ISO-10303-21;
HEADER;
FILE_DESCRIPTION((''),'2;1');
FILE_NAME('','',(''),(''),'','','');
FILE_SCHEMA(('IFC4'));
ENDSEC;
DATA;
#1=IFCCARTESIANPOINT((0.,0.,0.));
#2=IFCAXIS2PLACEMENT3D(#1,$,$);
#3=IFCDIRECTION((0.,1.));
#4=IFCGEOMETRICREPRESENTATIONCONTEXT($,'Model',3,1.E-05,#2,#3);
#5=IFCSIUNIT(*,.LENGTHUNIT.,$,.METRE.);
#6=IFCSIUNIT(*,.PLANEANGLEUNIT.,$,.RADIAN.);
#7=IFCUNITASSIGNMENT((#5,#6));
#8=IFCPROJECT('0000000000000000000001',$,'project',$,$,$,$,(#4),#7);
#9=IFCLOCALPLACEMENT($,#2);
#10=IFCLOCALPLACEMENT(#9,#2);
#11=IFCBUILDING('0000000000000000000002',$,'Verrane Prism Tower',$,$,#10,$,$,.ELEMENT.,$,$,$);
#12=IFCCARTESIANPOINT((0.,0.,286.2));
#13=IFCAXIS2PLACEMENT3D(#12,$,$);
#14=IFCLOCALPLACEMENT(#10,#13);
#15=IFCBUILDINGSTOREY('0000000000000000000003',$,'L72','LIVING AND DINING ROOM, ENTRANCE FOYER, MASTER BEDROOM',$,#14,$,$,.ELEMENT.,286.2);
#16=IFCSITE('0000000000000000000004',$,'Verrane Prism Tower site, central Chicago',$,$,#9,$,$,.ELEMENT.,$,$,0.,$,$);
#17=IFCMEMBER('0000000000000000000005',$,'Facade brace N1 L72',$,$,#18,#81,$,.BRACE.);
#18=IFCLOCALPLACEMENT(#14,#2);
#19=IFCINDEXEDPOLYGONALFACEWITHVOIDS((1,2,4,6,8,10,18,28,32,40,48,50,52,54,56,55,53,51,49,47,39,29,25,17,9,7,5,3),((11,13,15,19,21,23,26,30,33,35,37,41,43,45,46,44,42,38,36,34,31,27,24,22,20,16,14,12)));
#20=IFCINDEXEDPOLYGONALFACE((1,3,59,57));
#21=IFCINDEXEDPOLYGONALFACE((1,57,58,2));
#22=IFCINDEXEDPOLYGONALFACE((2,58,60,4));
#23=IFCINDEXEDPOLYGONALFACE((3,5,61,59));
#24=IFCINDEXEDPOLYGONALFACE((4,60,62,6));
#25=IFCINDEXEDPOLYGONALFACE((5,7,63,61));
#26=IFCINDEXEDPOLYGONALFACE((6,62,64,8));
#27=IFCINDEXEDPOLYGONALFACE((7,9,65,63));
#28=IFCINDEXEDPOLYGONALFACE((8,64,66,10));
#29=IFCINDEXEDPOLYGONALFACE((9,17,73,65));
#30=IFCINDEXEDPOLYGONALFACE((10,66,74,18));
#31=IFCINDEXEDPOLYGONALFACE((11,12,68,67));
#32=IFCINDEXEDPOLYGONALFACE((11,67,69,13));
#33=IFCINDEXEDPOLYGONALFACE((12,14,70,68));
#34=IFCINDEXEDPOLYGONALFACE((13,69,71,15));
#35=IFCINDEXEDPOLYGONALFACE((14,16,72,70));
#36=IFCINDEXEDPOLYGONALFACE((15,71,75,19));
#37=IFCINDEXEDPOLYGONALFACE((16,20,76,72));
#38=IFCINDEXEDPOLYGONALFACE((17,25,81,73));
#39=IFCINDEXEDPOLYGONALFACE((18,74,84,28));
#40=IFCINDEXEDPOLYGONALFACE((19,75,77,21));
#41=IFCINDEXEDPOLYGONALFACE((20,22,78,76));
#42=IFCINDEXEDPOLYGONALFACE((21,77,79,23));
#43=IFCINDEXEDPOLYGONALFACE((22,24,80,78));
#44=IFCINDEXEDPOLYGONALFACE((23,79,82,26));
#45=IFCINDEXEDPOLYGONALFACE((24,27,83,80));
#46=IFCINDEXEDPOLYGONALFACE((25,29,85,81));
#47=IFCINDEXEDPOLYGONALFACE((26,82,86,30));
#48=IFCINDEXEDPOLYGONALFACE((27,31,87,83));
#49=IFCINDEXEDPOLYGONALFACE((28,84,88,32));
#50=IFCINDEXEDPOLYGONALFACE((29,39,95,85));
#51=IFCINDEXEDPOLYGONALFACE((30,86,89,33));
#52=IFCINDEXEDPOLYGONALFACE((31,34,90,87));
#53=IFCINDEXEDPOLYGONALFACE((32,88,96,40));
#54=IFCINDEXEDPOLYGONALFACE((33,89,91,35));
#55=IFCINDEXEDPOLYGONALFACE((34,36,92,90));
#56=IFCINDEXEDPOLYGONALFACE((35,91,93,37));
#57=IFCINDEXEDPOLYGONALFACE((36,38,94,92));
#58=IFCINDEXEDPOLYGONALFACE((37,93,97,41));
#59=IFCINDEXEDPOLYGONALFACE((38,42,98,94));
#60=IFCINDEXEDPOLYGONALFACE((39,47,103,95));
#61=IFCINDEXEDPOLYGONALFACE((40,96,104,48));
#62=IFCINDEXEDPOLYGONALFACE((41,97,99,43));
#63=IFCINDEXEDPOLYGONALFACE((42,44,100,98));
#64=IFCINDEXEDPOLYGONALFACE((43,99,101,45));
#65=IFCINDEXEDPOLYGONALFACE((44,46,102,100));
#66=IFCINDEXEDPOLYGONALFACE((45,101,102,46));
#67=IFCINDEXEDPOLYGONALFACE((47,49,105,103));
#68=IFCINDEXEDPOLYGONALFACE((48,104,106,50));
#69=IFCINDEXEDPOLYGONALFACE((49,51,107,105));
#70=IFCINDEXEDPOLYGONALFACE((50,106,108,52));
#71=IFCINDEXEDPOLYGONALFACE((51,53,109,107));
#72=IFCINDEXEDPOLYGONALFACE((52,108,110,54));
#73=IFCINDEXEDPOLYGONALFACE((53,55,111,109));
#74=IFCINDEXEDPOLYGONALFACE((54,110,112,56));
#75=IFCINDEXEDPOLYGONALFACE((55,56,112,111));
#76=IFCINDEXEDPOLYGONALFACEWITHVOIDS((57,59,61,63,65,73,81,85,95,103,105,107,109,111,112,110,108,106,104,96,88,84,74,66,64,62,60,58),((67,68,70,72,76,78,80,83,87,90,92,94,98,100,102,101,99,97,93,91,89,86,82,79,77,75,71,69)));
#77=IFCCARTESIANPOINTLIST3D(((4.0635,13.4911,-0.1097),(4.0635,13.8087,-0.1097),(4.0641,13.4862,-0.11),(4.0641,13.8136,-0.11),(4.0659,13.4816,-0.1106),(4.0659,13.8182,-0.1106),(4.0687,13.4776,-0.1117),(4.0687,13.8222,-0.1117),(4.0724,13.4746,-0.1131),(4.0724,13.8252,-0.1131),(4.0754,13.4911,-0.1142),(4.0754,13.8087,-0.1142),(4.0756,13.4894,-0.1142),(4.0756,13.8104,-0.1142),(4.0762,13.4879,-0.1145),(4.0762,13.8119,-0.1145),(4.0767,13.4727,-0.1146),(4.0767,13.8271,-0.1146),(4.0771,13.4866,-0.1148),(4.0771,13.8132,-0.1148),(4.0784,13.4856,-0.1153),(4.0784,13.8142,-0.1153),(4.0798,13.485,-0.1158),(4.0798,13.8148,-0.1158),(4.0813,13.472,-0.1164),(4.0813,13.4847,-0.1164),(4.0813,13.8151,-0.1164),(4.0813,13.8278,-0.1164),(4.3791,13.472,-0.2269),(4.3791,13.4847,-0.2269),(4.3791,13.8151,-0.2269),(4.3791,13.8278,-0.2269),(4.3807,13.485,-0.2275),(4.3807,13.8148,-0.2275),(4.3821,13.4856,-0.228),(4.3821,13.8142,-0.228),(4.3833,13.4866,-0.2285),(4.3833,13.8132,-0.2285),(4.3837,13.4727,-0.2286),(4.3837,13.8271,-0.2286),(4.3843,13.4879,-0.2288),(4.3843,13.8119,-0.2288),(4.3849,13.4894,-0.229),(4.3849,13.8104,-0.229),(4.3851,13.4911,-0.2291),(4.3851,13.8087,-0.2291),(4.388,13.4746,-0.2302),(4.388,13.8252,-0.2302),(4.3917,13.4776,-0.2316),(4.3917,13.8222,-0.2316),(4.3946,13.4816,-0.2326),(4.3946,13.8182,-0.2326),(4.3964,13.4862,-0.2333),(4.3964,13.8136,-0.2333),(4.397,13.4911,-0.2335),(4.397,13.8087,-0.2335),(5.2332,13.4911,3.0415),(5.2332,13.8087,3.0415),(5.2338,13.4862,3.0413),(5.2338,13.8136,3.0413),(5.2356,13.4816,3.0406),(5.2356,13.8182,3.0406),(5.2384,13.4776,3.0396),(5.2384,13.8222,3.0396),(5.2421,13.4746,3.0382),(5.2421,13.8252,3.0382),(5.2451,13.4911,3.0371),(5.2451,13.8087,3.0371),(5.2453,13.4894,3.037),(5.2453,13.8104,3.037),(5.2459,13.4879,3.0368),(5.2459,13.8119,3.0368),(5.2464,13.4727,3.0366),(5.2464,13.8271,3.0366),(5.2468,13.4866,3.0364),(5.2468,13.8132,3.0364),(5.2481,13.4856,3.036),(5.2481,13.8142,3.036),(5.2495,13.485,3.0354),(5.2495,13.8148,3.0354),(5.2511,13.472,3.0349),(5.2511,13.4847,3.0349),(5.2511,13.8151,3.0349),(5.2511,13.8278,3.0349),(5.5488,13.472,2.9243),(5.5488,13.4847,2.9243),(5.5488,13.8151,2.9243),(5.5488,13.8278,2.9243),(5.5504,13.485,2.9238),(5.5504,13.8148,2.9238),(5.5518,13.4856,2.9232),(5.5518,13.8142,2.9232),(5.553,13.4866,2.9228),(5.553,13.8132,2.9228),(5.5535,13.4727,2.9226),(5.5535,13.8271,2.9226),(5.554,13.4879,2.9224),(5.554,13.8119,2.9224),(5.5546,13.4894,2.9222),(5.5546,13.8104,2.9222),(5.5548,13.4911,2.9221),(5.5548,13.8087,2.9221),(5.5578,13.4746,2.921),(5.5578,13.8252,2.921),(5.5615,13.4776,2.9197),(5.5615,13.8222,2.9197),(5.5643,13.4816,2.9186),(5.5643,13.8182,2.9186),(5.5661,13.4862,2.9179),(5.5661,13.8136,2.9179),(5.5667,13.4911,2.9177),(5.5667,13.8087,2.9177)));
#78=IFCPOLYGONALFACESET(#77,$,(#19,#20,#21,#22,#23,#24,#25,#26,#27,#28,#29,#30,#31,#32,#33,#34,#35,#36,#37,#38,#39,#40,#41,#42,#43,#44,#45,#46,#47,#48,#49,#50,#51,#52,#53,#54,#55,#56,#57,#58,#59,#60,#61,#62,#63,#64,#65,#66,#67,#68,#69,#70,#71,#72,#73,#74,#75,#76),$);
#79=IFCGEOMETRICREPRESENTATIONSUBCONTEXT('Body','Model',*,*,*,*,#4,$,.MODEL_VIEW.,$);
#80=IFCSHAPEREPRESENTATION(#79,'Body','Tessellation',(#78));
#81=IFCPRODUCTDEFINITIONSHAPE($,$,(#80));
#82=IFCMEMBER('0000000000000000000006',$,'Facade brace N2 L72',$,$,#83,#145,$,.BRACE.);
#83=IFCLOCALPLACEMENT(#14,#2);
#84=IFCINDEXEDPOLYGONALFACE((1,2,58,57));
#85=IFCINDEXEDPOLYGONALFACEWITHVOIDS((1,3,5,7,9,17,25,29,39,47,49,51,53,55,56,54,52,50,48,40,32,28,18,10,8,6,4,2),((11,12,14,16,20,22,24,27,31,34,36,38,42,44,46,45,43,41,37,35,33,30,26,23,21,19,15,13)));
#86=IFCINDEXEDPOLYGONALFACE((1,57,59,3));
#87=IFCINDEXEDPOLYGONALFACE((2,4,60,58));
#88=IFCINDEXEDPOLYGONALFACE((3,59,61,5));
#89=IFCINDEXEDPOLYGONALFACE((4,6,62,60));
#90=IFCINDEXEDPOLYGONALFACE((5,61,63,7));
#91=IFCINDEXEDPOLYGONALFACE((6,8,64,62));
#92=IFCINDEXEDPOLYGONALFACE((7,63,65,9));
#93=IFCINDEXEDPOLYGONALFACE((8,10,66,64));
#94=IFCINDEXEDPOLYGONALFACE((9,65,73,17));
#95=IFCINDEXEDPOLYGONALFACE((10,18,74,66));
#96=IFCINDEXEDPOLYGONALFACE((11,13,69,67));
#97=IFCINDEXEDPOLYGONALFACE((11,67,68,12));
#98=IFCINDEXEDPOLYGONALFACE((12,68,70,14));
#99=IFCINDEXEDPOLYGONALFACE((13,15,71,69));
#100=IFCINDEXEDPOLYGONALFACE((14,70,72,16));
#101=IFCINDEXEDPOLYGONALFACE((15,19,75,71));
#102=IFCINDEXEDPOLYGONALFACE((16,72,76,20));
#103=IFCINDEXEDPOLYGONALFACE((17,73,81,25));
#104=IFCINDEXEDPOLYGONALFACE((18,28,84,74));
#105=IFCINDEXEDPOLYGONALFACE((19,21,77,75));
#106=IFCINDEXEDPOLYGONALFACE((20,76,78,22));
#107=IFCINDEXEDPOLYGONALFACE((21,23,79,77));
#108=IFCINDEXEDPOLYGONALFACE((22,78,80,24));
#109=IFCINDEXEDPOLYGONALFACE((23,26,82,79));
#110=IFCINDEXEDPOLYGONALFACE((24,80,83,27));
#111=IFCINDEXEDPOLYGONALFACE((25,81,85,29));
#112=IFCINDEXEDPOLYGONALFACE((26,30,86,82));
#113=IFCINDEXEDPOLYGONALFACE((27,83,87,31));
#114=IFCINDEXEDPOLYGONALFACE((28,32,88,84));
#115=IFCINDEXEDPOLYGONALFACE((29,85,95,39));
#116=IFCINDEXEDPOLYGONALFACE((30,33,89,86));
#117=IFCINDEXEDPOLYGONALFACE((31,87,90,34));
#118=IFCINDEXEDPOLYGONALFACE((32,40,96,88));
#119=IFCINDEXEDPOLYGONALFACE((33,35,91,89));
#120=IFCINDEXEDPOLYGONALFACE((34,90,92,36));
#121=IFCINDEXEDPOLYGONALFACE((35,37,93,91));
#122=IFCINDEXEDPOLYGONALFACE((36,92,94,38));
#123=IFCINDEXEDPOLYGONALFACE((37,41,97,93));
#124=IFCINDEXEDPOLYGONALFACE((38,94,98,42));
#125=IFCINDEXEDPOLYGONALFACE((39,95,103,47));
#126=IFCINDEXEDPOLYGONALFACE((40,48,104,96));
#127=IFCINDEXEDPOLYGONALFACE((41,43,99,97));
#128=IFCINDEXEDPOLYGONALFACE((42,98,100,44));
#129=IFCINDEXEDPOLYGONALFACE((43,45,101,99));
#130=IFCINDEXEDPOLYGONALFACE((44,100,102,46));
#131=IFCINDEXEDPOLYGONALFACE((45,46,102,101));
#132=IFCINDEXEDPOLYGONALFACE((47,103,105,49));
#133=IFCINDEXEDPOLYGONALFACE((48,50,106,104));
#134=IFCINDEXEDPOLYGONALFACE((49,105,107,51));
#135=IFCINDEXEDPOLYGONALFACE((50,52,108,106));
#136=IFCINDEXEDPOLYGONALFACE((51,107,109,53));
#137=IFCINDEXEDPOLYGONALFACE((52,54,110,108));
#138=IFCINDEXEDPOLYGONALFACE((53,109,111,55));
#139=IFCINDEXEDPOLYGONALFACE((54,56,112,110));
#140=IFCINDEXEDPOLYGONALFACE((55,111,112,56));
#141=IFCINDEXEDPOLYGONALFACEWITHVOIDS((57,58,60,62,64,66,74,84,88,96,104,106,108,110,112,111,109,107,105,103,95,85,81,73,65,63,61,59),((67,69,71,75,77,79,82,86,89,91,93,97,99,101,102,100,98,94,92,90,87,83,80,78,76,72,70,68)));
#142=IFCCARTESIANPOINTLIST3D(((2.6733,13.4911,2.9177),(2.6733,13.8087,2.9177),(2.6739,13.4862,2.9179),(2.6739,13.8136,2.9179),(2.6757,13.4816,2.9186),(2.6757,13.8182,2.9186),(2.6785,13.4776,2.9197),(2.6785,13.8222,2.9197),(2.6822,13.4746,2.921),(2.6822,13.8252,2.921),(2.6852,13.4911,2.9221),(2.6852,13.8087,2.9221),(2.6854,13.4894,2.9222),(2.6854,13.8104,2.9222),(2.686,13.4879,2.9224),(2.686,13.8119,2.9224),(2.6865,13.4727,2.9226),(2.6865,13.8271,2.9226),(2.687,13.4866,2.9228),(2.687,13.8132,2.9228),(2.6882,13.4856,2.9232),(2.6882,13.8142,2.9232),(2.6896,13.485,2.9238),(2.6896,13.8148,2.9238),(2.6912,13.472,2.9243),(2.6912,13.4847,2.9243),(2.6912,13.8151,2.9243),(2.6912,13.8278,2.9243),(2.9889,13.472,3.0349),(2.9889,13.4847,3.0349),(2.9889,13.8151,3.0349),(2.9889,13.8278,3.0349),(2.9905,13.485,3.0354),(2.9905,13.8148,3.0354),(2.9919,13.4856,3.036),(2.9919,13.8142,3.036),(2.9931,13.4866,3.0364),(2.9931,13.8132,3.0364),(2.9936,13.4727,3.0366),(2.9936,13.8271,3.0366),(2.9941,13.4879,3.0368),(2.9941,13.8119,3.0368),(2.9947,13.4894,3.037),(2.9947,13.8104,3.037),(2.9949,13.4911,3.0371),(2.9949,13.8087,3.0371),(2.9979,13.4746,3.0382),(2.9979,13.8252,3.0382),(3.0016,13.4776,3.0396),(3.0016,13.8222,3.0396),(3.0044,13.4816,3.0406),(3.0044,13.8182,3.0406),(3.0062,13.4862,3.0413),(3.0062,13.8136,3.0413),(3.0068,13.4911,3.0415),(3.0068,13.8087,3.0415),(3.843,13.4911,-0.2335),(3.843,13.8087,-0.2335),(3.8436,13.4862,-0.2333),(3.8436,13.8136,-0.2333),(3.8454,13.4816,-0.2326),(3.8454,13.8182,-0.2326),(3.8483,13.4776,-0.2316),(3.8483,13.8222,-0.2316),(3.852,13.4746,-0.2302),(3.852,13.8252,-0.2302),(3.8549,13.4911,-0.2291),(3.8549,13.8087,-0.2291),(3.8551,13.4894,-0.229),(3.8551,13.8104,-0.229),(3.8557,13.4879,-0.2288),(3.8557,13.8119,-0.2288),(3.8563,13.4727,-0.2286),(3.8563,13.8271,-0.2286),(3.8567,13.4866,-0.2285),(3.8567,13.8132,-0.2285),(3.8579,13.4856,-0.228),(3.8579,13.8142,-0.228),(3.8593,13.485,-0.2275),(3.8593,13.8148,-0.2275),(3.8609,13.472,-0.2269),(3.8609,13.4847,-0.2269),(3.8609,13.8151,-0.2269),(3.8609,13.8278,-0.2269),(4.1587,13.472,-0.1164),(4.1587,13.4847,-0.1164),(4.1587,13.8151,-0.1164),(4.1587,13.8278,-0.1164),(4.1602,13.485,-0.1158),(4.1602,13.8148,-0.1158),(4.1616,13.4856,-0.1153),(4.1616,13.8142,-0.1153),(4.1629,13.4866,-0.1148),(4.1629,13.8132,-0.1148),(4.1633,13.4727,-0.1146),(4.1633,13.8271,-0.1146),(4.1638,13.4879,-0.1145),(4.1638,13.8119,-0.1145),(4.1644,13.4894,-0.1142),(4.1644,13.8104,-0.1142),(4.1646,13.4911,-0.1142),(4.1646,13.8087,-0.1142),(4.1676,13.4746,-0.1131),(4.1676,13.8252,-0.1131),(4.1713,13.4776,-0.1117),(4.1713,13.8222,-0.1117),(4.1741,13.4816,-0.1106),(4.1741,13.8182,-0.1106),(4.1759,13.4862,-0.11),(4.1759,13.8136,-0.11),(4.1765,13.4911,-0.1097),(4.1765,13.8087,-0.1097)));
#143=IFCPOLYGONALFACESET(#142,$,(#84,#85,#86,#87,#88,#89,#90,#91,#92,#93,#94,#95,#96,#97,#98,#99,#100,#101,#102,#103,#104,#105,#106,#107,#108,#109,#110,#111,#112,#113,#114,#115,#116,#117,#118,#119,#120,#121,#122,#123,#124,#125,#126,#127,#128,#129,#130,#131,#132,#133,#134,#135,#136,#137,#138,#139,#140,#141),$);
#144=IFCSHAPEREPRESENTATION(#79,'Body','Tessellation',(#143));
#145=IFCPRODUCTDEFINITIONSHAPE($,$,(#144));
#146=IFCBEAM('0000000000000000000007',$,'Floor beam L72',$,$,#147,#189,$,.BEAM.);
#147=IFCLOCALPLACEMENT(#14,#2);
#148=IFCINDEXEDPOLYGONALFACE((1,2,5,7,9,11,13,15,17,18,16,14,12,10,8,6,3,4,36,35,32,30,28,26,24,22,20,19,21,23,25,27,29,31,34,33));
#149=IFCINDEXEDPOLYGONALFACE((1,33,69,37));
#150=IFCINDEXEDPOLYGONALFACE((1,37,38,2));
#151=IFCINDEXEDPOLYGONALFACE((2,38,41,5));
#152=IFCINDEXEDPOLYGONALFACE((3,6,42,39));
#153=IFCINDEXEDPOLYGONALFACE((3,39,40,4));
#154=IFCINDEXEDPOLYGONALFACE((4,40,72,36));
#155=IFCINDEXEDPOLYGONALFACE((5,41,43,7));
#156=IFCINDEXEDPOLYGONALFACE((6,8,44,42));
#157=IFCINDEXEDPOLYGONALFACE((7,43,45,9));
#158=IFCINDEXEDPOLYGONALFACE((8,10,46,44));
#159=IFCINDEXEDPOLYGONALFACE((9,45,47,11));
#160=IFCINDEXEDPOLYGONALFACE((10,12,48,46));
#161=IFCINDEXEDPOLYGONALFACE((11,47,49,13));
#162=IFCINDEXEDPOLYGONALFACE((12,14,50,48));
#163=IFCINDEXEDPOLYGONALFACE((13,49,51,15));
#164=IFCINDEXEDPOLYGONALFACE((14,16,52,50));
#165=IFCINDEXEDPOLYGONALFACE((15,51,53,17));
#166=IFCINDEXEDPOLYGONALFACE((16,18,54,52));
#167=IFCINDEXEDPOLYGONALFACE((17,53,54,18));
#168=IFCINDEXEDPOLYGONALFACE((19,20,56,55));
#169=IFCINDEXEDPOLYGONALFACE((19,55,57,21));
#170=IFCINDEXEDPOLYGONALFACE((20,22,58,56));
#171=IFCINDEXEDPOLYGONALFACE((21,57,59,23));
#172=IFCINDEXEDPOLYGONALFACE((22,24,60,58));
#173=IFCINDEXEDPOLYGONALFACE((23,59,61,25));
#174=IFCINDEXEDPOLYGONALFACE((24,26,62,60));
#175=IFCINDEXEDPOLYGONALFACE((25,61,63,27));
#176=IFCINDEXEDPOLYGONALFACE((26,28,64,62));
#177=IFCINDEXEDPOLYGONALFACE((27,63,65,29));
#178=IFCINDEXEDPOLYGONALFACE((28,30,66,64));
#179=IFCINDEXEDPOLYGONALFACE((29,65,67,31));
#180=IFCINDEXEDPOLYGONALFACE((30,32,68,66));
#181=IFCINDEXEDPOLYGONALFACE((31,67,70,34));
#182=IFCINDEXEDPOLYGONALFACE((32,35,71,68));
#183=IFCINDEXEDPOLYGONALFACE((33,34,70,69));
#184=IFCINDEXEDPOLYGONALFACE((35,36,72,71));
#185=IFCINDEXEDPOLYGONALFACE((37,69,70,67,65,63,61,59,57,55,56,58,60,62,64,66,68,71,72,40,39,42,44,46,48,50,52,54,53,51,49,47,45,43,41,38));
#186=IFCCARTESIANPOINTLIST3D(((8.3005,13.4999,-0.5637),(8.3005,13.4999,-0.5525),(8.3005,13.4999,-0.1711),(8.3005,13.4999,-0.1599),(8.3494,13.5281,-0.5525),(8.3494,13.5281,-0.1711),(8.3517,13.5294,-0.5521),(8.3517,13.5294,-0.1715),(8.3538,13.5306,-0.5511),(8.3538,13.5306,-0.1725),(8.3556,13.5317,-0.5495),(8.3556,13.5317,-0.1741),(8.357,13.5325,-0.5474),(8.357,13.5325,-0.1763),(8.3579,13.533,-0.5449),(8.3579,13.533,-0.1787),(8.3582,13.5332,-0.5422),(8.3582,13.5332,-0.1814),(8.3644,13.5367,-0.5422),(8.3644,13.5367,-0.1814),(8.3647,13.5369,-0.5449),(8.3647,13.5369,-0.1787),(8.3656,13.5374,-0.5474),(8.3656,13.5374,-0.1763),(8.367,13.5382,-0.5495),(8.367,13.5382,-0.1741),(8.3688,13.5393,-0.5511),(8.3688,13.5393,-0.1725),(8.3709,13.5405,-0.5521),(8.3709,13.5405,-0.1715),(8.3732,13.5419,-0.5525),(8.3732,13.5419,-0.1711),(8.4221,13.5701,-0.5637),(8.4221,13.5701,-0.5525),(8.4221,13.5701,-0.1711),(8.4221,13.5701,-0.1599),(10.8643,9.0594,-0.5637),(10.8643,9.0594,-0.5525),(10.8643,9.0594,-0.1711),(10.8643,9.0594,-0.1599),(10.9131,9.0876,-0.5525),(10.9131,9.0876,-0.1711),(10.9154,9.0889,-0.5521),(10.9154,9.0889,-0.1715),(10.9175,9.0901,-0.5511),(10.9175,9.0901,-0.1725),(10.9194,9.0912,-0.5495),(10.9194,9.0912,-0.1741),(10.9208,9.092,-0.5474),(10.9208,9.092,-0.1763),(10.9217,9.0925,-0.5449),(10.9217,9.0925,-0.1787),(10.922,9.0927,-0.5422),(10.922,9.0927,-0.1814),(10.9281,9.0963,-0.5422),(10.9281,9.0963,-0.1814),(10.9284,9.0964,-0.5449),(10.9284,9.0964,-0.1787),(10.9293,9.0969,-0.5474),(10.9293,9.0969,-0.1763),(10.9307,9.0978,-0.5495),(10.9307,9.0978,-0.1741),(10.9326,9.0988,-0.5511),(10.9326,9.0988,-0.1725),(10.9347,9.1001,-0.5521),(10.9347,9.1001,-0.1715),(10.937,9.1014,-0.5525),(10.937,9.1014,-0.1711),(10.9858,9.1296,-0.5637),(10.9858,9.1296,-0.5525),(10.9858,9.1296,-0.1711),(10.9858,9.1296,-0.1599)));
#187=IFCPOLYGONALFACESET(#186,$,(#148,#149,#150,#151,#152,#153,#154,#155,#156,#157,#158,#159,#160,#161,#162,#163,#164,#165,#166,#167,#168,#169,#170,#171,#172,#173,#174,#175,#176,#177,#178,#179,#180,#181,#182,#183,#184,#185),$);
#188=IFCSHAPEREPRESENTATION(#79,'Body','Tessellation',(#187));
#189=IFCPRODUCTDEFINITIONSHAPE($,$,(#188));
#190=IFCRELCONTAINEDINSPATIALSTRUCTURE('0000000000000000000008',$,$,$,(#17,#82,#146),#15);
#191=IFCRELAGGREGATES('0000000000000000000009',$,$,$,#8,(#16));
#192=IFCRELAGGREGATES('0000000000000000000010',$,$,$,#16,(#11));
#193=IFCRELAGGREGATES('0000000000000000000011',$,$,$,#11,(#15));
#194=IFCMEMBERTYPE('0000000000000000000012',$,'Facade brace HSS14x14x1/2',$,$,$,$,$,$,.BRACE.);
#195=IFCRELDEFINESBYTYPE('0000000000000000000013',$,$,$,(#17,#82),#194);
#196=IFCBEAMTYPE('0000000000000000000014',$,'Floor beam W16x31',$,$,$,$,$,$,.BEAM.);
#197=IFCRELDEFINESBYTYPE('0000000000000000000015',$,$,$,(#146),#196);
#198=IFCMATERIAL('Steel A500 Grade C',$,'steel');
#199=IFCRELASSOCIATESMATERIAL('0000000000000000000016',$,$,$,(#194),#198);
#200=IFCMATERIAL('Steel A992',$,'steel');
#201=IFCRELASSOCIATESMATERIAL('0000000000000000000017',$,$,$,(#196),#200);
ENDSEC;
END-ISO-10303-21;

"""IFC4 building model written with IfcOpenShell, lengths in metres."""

from ifc_helpers import new_model, si_unit, direction, frame, origin, origin_2d, place, context, subcontext, project, spatial, hollow_rectangle, i_section, extrude, material, material_profile, profile_set, type_object, element, save


model = new_model("IFC4")

# Units and contexts
model_context = context("Model", 3, precision=1e-05, world=origin(), true_north=direction((0.0, 1.0)))
body_context = subcontext(model_context, "Body", "Model", "MODEL_VIEW")
ifc_project = project(units=[si_unit("LENGTHUNIT", "METRE"), si_unit("PLANEANGLEUNIT", "RADIAN")], contexts=[model_context])

# Site, building, storey
site_placement = place(None, origin())
site = spatial("IfcSite", under=ifc_project, at=site_placement, Name="Verrane Prism Tower site, central Chicago", CompositionType="ELEMENT", RefElevation=0.0)
building_placement = place(site_placement, origin())
building = spatial("IfcBuilding", under=site, at=building_placement, Name="Verrane Prism Tower", CompositionType="ELEMENT")
storey_placement = place(building_placement, frame((0.0, 0.0, 286.2)))
storey = spatial("IfcBuildingStorey", under=building, at=storey_placement, Name="L72", Description="LIVING AND DINING ROOM, ENTRANCE FOYER, MASTER BEDROOM", CompositionType="ELEMENT", Elevation=286.2)

# Members
ifc_material_1 = material(Name="Steel A500 Grade C", Category="steel")
ifc_material_profile_1 = material_profile(ifc_material_1, hollow_rectangle(XDim=0.3557, YDim=0.3557, WallThickness=0.0127, InnerFilletRadius=0.0063, OuterFilletRadius=0.019, at=origin_2d()), Name="HSS14x14x1/2")
ifc_profile_set_1 = profile_set([ifc_material_profile_1], Name="Steel A500 Grade C")
member_type_1 = type_object("IfcMemberType", Name="Facade brace HSS14x14x1/2", PredefinedType="BRACE", material=ifc_profile_set_1)
for number, where, z_axis, x_axis, name in (
    (1, (4.2302, 13.6499, -0.1716), (0.347993, 0.0, 0.937497), (0.0, 1.0, 0.0), "Facade brace N1 L72"),
    (2, (4.0098, 13.6499, -0.1716), (-0.347993, 0.0, 0.937497), (0.0, -1.0, 0.0), "Facade brace N2 L72"),
):
    element("IfcMember", number, at=place(storey_placement, frame(where, z_axis=z_axis, x_axis=x_axis)), inside=storey, type_object=member_type_1, Name=name, PredefinedType="BRACE", context=body_context, shape_type="SweptSolid", body=[
        extrude(hollow_rectangle(XDim=0.3557, YDim=0.3557, WallThickness=0.0127, InnerFilletRadius=0.0063, OuterFilletRadius=0.019, at=origin_2d()), origin(), (0.0, 0.0, 1.0), 3.3613),
    ])

# Beam
ifc_material_2 = material(Name="Steel A992", Category="steel")
ifc_material_profile_2 = material_profile(ifc_material_2, i_section(OverallWidth=0.1404, OverallDepth=0.4038, WebThickness=0.0071, FlangeThickness=0.0112, FilletRadius=0.0103, at=origin_2d()), Name="W16x31")
ifc_profile_set_2 = profile_set([ifc_material_profile_2], Name="Steel A992")
beam_type_1 = type_object("IfcBeamType", Name="Floor beam W16x31", PredefinedType="BEAM", material=ifc_profile_set_2)
beam_1_placement = place(storey_placement, frame((10.925, 9.0945, -0.3618), z_axis=(-0.500005, 0.866022, 0.0), x_axis=(-0.866022, -0.500005, 0.0)))
element("IfcBeam", 3, at=beam_1_placement, inside=storey, type_object=beam_type_1, Name="Floor beam L72", PredefinedType="BEAM", context=body_context, shape_type="SweptSolid", body=[
    extrude(i_section(OverallWidth=0.1404, OverallDepth=0.4038, WebThickness=0.0071, FlangeThickness=0.0112, FilletRadius=0.0103, at=origin_2d()), origin(), (0.0, 0.0, 1.0), 5.1274),
])

save(model, "model.ifc")
